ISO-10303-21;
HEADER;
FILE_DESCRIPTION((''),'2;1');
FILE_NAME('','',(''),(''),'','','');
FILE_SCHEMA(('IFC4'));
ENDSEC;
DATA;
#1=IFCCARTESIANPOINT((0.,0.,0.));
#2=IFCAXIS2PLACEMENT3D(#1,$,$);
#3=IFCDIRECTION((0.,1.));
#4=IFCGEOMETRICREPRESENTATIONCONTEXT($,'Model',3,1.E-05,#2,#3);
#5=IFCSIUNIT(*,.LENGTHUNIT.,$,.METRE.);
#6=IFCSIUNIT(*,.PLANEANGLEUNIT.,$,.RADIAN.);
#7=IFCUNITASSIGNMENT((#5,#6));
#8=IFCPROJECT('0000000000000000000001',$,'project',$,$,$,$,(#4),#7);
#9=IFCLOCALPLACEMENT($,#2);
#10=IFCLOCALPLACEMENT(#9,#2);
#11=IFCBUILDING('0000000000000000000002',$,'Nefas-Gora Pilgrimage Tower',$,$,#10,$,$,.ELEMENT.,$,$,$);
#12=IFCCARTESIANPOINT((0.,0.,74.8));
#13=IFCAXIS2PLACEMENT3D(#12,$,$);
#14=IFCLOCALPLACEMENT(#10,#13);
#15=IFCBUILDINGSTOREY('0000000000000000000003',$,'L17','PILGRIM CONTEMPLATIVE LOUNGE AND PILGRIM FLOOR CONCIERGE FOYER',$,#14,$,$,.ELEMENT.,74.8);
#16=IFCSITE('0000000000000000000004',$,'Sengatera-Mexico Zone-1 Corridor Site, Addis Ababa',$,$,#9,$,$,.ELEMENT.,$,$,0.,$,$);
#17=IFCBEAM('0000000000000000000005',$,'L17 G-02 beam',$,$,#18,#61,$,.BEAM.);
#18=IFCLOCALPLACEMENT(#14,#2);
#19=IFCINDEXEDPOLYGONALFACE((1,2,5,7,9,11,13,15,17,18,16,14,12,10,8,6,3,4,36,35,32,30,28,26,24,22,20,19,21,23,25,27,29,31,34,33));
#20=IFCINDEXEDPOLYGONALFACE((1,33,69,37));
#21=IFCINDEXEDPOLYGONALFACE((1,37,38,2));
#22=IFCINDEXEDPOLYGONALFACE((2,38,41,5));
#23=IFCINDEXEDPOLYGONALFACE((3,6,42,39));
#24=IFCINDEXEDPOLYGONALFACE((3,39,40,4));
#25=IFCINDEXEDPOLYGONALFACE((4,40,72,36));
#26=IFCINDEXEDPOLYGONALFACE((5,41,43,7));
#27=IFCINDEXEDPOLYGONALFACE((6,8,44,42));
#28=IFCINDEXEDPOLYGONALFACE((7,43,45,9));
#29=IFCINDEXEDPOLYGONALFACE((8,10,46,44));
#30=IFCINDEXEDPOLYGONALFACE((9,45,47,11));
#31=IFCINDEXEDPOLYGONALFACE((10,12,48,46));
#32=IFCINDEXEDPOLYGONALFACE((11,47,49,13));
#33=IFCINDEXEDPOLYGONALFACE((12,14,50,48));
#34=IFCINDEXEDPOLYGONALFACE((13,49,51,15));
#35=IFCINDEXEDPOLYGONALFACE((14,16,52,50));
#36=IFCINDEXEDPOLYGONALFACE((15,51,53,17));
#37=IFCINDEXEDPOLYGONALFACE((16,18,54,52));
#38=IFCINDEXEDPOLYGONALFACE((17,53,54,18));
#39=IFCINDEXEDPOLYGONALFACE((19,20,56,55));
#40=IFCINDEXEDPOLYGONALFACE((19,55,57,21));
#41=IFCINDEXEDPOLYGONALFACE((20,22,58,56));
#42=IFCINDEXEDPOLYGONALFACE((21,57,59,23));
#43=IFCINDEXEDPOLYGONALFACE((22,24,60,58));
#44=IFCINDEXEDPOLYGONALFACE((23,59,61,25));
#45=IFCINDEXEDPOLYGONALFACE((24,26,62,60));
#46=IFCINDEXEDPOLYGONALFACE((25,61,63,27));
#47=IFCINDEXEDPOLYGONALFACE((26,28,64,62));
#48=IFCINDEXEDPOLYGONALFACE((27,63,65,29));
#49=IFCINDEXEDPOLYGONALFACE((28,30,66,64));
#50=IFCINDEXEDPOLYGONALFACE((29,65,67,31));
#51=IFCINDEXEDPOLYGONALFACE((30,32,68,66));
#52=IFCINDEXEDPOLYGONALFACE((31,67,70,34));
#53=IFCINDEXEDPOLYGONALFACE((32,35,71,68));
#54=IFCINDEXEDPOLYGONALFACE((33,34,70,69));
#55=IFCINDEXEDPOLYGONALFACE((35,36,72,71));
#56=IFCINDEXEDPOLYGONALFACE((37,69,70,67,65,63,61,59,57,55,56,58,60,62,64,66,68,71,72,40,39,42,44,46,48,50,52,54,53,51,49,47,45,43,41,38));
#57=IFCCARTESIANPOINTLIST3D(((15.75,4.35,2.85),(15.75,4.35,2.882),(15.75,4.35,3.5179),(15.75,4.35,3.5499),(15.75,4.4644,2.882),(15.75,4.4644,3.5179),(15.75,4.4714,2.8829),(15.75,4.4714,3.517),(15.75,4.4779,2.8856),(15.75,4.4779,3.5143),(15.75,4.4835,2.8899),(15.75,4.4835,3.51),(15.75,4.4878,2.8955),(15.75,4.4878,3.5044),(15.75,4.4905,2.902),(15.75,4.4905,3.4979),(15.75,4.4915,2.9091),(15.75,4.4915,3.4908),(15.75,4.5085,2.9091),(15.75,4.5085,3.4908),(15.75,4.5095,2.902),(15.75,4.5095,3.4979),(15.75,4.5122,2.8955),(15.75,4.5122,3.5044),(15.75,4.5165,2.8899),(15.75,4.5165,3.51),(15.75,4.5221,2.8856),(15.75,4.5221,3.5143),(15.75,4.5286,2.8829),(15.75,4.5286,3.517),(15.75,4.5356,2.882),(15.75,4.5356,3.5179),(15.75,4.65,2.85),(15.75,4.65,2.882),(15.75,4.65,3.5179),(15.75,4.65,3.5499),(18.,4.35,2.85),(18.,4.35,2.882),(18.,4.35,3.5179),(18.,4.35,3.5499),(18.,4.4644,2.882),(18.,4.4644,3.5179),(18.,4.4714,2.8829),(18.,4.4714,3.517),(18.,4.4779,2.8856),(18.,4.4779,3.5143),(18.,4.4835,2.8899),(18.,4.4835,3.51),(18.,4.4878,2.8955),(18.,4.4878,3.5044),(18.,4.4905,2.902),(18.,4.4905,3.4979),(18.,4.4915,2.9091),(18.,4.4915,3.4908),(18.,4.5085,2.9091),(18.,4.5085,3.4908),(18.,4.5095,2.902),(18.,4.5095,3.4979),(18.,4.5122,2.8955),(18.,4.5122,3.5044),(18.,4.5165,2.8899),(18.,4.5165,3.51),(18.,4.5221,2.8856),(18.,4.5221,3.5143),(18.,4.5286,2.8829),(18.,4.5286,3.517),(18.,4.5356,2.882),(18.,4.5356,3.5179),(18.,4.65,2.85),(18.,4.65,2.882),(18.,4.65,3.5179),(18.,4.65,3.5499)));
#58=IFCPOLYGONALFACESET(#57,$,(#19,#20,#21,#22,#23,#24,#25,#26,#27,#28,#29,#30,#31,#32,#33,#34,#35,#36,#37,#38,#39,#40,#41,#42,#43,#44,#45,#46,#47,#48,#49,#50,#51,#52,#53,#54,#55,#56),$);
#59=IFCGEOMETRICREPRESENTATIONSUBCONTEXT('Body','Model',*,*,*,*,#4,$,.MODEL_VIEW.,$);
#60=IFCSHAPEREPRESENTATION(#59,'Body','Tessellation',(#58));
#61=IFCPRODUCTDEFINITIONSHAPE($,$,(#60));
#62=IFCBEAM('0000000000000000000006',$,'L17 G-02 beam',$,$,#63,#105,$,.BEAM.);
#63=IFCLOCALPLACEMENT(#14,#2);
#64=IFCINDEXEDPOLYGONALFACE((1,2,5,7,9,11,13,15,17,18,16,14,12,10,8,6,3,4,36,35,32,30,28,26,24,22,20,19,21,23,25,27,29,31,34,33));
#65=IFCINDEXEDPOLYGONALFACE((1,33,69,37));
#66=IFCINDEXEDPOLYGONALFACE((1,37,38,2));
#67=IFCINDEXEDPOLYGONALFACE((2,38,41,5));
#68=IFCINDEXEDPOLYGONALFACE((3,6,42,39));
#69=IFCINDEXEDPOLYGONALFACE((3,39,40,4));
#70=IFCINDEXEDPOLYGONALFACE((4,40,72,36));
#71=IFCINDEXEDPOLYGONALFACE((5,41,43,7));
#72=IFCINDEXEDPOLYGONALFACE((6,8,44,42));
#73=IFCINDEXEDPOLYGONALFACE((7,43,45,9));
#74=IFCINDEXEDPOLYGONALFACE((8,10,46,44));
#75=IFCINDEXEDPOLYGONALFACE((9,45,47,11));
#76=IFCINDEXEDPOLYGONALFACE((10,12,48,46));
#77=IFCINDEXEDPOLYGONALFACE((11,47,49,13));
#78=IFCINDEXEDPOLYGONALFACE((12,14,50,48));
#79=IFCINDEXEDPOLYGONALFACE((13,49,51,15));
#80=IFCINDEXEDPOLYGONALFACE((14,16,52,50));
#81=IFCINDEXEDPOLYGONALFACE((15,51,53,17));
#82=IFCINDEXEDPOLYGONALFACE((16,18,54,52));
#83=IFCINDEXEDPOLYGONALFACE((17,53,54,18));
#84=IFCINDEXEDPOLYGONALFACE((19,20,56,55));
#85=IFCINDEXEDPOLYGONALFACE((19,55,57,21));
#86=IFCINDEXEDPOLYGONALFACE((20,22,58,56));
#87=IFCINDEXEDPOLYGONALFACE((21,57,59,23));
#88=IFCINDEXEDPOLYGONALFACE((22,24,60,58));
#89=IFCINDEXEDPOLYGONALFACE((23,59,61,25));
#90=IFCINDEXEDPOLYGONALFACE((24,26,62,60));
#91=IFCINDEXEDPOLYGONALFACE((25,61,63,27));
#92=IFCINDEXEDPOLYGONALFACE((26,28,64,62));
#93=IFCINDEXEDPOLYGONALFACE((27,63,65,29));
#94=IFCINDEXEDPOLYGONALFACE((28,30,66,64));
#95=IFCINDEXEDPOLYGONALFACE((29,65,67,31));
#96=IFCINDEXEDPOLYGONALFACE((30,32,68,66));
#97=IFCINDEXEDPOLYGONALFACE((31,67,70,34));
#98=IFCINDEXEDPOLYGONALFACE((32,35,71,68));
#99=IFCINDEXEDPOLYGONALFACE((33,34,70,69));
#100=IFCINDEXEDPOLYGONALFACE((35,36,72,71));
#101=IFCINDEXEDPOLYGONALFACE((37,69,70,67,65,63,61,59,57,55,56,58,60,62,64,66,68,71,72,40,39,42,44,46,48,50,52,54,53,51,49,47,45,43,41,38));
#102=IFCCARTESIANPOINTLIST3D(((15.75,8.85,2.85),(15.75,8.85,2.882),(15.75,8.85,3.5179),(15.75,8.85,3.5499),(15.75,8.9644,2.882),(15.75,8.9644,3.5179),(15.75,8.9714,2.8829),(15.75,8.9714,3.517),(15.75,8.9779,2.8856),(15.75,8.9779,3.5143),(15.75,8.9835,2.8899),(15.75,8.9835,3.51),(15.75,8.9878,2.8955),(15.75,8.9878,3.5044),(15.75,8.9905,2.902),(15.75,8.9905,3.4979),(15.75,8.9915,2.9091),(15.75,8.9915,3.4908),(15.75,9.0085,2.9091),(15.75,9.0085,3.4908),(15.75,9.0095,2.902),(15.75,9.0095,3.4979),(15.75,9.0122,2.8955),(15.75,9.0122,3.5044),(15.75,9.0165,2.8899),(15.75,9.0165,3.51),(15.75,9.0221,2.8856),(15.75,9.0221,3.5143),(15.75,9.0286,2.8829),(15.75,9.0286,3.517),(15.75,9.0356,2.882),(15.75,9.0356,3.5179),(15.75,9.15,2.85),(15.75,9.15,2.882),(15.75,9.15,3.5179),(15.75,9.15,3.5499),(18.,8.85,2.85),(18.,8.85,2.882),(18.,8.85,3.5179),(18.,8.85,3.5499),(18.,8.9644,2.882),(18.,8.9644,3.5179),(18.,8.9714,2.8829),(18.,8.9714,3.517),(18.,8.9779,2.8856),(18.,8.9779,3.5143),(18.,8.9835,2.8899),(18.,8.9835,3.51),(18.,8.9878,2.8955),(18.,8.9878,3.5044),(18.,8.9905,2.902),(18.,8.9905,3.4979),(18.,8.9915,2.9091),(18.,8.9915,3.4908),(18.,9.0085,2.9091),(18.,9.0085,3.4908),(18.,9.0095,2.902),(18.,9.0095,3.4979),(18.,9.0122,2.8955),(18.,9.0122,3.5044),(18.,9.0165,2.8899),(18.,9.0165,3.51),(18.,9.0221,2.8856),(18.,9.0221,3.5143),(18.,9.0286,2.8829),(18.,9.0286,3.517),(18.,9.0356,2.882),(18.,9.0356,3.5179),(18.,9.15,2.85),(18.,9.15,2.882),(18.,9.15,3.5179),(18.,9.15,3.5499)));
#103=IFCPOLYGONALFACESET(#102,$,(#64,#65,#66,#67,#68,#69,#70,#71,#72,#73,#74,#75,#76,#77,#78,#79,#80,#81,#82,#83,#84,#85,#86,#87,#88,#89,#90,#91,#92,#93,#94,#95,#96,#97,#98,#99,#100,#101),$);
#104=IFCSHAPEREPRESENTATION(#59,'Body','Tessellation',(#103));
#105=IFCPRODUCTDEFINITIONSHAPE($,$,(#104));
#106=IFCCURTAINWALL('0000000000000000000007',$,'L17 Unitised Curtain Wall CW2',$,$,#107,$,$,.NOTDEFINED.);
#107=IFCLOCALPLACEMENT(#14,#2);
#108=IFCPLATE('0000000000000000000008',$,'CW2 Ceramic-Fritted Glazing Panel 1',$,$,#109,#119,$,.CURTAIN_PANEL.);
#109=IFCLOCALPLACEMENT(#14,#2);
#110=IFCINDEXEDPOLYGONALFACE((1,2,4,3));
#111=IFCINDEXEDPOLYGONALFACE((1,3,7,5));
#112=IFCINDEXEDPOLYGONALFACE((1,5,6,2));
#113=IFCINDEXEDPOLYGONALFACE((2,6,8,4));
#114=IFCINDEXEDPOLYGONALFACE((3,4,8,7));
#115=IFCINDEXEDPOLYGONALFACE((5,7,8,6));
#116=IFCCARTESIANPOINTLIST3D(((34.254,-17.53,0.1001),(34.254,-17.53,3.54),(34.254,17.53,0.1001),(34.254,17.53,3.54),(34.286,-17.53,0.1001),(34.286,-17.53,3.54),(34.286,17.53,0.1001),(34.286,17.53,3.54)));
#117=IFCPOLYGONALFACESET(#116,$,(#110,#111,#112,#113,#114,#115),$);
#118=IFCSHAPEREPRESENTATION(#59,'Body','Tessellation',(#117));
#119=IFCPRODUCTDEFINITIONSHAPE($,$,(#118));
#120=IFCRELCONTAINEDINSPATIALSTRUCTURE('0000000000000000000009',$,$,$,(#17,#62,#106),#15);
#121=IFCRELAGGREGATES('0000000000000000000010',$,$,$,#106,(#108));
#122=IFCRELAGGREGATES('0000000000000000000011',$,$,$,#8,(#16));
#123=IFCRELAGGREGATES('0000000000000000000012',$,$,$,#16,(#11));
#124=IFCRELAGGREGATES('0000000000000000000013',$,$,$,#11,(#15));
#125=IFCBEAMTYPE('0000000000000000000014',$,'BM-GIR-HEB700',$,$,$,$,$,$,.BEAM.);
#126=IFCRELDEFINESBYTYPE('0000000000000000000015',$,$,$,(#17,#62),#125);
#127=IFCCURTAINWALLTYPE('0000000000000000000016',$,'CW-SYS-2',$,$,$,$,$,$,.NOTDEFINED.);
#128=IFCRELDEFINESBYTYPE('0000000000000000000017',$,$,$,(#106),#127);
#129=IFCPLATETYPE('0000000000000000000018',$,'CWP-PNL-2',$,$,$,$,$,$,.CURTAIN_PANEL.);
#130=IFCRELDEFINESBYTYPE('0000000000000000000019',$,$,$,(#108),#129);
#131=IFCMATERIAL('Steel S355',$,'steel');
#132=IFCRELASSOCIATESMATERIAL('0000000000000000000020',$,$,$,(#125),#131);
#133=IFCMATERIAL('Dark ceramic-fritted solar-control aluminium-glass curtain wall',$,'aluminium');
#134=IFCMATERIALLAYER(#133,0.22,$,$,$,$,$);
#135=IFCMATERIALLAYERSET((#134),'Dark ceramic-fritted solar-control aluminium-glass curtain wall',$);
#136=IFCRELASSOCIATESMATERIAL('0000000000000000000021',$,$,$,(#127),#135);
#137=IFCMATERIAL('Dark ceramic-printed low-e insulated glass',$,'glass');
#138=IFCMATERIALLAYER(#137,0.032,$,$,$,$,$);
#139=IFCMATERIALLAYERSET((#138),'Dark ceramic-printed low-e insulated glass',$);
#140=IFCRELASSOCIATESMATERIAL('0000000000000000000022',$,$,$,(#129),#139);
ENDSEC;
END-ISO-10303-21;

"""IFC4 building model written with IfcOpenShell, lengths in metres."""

from ifc_helpers import new_model, si_unit, direction, frame, origin, origin_2d, place, context, subcontext, project, spatial, rectangle, i_section, extrude, source, transform, mapped, material, layer, layer_set, material_profile, profile_set, type_object, element, aggregate, save


model = new_model("IFC4")

# Units and contexts
model_context = context("Model", 3, precision=1e-05, world=origin(), true_north=direction((0.0, 1.0)))
body_context = subcontext(model_context, "Body", "Model", "MODEL_VIEW")
ifc_project = project(units=[si_unit("LENGTHUNIT", "METRE"), si_unit("PLANEANGLEUNIT", "RADIAN")], contexts=[model_context])

# Site, building, storey
site_placement = place(None, origin())
site = spatial("IfcSite", under=ifc_project, at=site_placement, Name="Sengatera-Mexico Zone-1 Corridor Site, Addis Ababa", CompositionType="ELEMENT", RefElevation=0.0)
building_placement = place(site_placement, origin())
building = spatial("IfcBuilding", under=site, at=building_placement, Name="Nefas-Gora Pilgrimage Tower", CompositionType="ELEMENT")
storey_placement = place(building_placement, frame((0.0, 0.0, 74.8)))
storey = spatial("IfcBuildingStorey", under=building, at=storey_placement, Name="L17", Description="PILGRIM CONTEMPLATIVE LOUNGE AND PILGRIM FLOOR CONCIERGE FOYER", CompositionType="ELEMENT", Elevation=74.8)

# Beams
ifc_material_1 = material(Name="Steel S355", Category="steel")
ifc_material_profile_1 = material_profile(ifc_material_1, i_section(OverallWidth=0.3, OverallDepth=0.7, WebThickness=0.0171, FlangeThickness=0.032, FilletRadius=0.0271, at=origin_2d()), Name="HEB 700")
ifc_profile_set_1 = profile_set([ifc_material_profile_1], Name="Steel S355")
beam_type_1 = type_object("IfcBeamType", Name="BM-GIR-HEB700", PredefinedType="BEAM", material=ifc_profile_set_1)
shared_shape_1 = source(origin(), body_context, "Body", "SweptSolid", [
    extrude(i_section(OverallWidth=0.3, OverallDepth=0.7, WebThickness=0.0171, FlangeThickness=0.032, FilletRadius=0.0271, at=origin_2d()), origin(), (0.0, 0.0, 1.0), 2.25),
])
for number, where, z_axis, x_axis, name in (
    (1, (15.75, 4.5, 3.2), (1.0, 0.0, 0.0), (0.0, 1.0, 0.0), "L17 G-02 beam"),
    (2, (15.75, 9.0, 3.2), (1.0, 0.0, 0.0), (0.0, 1.0, 0.0), "L17 G-02 beam"),
):
    element("IfcBeam", number, at=place(storey_placement, frame(where, z_axis=z_axis, x_axis=x_axis)), inside=storey, type_object=beam_type_1, Name=name, PredefinedType="BEAM", context=body_context, shape_type="MappedRepresentation", body=[
        mapped(shared_shape_1, transform((0.0, 0.0, 0.0), x_axis=(1.0, 0.0, 0.0), y_axis=(0.0, 1.0, 0.0), z_axis=(0.0, 0.0, 1.0), scale=1.0)),
    ])

# Curtain wall, plate
ifc_material_2 = material(Name="Dark ceramic-fritted solar-control aluminium-glass curtain wall", Category="aluminium")
ifc_layer_1 = layer(ifc_material_2, 0.22)
ifc_layer_set_1 = layer_set([ifc_layer_1], Name="Dark ceramic-fritted solar-control aluminium-glass curtain wall")
curtain_wall_type = type_object("IfcCurtainWallType", Name="CW-SYS-2", PredefinedType="NOTDEFINED", material=ifc_layer_set_1)
curtain_wall_placement = place(storey_placement, origin())
curtain_wall = element("IfcCurtainWall", 3, at=curtain_wall_placement, inside=storey, type_object=curtain_wall_type, Name="L17 Unitised Curtain Wall CW2", PredefinedType="NOTDEFINED")
ifc_material_3 = material(Name="Dark ceramic-printed low-e insulated glass", Category="glass")
ifc_layer_2 = layer(ifc_material_3, 0.032)
ifc_layer_set_2 = layer_set([ifc_layer_2], Name="Dark ceramic-printed low-e insulated glass")
plate_type = type_object("IfcPlateType", Name="CWP-PNL-2", PredefinedType="CURTAIN_PANEL", material=ifc_layer_set_2)
shared_shape_2 = source(origin(), body_context, "Body", "SweptSolid", [
    extrude(rectangle(XDim=35.0601, YDim=0.032, at=origin_2d()), origin(), (0.0, 0.0, 1.0), 3.4399),
])
plate_placement = place(storey_placement, frame((34.27, 0.0, 0.1001), z_axis=(0.0, 0.0, 1.0), x_axis=(0.0, 1.0, 0.0)))
plate = element("IfcPlate", 4, at=plate_placement, type_object=plate_type, Name="CW2 Ceramic-Fritted Glazing Panel 1", PredefinedType="CURTAIN_PANEL", context=body_context, shape_type="MappedRepresentation", body=[
    mapped(shared_shape_2, transform((0.0, 0.0, 0.0), x_axis=(1.0, 0.0, 0.0), y_axis=(0.0, 1.0, 0.0), z_axis=(0.0, 0.0, 1.0), scale=1.0)),
])
aggregate(curtain_wall, [plate])

save(model, "model.ifc")
